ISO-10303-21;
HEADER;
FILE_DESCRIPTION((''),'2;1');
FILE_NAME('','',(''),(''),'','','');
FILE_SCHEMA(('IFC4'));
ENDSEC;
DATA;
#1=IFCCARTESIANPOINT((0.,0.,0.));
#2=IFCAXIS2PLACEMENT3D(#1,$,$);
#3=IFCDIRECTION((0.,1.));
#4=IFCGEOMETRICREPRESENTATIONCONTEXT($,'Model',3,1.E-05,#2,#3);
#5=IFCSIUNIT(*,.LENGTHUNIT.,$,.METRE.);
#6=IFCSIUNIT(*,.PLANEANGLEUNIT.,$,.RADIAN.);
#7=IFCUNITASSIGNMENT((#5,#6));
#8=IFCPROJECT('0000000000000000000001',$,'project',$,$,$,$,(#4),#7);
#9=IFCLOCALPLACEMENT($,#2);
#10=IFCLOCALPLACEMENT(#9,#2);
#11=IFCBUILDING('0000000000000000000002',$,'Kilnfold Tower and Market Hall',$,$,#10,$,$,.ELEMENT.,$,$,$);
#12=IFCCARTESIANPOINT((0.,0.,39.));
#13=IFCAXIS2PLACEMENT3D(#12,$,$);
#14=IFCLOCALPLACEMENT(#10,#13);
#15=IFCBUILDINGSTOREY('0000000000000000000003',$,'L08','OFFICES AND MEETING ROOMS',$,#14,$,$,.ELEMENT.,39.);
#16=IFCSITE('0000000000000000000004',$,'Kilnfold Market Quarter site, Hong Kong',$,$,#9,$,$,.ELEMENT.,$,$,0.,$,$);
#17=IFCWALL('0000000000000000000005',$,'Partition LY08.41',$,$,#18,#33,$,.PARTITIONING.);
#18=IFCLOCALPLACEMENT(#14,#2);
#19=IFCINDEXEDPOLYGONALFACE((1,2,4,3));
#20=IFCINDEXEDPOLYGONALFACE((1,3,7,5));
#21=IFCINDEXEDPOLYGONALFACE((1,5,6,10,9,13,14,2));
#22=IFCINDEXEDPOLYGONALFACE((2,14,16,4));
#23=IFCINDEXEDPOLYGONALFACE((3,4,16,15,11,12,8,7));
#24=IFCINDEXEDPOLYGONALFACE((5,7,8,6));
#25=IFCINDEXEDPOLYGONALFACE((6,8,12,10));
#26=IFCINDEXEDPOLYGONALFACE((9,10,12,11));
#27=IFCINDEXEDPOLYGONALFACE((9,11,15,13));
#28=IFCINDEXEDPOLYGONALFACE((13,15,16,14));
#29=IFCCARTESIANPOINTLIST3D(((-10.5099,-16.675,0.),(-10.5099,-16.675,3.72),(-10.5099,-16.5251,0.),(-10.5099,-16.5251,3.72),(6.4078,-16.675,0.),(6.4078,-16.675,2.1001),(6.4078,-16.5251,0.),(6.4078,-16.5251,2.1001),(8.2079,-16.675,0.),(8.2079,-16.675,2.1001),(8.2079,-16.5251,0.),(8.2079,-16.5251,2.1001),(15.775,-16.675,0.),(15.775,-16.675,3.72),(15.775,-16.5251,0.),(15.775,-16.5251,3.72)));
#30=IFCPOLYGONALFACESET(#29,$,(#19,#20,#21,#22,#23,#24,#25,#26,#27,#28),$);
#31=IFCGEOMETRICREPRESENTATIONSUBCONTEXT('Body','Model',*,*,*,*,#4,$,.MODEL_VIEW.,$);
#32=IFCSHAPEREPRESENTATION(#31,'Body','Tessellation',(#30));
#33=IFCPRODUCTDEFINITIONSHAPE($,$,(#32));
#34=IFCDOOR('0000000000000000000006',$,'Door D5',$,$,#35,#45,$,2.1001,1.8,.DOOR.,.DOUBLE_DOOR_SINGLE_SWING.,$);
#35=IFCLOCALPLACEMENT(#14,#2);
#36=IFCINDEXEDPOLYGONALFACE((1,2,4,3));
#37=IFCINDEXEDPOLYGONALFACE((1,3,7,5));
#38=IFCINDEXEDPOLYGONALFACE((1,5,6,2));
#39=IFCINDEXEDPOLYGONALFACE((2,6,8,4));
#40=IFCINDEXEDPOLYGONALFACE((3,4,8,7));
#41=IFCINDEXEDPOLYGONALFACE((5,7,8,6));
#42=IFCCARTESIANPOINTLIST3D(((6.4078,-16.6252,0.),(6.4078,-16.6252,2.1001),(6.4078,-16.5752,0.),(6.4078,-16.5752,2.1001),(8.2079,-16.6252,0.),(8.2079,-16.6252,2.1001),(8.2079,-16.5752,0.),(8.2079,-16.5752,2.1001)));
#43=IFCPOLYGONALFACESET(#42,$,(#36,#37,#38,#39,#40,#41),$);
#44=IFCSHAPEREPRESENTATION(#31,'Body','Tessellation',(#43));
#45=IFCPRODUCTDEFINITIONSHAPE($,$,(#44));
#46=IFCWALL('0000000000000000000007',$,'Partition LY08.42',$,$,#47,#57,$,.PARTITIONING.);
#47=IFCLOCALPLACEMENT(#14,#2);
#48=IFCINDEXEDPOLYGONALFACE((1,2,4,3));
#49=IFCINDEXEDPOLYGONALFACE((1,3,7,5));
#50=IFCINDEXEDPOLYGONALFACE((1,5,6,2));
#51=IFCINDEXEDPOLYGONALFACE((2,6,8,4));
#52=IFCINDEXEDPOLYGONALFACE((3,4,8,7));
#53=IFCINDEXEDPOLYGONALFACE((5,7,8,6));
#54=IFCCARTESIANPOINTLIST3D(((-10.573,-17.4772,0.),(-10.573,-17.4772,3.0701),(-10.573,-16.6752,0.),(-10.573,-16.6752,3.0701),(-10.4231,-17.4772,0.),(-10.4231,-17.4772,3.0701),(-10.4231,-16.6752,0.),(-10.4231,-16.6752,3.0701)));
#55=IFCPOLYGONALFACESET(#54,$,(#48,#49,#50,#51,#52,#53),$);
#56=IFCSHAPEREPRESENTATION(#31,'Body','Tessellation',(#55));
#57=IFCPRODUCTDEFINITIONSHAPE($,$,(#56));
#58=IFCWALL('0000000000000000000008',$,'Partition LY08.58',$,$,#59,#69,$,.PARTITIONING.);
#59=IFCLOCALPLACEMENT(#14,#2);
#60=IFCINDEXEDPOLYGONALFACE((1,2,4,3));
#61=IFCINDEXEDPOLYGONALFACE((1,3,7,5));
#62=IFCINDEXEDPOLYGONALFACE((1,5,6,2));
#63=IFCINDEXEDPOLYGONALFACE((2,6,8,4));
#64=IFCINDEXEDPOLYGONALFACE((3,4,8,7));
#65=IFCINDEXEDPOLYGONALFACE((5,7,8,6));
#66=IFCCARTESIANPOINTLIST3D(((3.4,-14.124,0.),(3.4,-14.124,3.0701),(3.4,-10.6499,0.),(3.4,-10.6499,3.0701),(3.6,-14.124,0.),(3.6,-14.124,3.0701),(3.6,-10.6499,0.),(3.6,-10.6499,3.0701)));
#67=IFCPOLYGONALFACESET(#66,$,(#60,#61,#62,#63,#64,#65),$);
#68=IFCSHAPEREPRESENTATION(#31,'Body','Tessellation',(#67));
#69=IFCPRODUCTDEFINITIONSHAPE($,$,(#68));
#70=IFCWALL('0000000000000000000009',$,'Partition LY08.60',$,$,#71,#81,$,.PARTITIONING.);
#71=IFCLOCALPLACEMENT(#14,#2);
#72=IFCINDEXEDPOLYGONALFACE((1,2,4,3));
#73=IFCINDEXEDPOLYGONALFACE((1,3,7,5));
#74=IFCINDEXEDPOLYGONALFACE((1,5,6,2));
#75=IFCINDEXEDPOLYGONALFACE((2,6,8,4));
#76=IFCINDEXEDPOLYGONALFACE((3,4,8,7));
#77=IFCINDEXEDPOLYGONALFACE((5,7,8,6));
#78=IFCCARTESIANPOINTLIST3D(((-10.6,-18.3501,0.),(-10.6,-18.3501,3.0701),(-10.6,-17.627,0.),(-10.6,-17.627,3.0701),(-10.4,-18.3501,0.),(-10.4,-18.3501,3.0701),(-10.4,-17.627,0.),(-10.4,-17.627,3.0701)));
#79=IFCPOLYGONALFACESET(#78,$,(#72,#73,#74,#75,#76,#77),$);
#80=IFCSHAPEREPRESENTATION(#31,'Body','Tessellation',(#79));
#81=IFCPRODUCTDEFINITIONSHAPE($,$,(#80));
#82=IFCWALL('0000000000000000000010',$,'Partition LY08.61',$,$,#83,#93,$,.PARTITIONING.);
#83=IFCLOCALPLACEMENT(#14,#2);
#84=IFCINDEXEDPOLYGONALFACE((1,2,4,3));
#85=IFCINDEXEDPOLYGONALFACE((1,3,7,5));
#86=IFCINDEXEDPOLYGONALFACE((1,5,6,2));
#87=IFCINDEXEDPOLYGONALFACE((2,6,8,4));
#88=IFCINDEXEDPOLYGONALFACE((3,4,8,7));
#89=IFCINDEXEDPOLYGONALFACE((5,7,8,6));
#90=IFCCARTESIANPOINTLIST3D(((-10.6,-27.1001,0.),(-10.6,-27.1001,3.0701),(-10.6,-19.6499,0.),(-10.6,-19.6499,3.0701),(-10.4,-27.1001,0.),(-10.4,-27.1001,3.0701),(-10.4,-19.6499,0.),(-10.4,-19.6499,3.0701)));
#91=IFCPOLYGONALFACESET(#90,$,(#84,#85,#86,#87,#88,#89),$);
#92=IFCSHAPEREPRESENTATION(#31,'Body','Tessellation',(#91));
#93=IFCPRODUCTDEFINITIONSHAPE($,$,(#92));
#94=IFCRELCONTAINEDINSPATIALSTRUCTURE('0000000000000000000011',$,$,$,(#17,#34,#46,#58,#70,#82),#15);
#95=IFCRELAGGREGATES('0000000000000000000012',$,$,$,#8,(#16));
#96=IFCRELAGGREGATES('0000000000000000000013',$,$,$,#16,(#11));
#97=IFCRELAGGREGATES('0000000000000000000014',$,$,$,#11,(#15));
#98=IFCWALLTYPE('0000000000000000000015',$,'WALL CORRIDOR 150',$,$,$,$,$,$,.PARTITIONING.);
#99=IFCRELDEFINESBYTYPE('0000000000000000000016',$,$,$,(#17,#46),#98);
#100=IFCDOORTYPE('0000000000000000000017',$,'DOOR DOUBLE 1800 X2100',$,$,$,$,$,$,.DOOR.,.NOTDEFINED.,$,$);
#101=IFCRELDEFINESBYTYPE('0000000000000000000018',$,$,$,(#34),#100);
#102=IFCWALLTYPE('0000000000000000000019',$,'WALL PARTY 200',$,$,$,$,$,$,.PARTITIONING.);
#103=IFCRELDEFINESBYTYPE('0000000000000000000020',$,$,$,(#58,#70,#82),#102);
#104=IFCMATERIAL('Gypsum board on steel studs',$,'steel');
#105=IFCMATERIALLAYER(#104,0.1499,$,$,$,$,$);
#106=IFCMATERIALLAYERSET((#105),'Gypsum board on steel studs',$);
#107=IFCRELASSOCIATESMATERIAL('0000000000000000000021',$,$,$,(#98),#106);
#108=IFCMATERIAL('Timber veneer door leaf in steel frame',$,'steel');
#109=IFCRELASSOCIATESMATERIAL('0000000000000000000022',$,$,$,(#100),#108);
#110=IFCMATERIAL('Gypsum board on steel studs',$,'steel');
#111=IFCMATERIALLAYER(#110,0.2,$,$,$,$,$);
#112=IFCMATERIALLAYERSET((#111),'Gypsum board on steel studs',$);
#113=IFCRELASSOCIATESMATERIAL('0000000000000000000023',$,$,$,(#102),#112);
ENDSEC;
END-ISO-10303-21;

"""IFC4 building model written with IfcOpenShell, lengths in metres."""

from ifc_helpers import new_model, si_unit, direction, frame, frame_2d, origin, place, context, subcontext, project, spatial, rectangle, extrude, material, layer, layer_set, type_object, element, fill, save


model = new_model("IFC4")

# Units and contexts
model_context = context("Model", 3, precision=1e-05, world=origin(), true_north=direction((0.0, 1.0)))
body_context = subcontext(model_context, "Body", "Model", "MODEL_VIEW")
ifc_project = project(units=[si_unit("LENGTHUNIT", "METRE"), si_unit("PLANEANGLEUNIT", "RADIAN")], contexts=[model_context])

# Site, building, storey
site_placement = place(None, origin())
site = spatial("IfcSite", under=ifc_project, at=site_placement, Name="Kilnfold Market Quarter site, Hong Kong", CompositionType="ELEMENT", RefElevation=0.0)
building_placement = place(site_placement, origin())
building = spatial("IfcBuilding", under=site, at=building_placement, Name="Kilnfold Tower and Market Hall", CompositionType="ELEMENT")
storey_placement = place(building_placement, frame((0.0, 0.0, 39.0)))
storey = spatial("IfcBuildingStorey", under=building, at=storey_placement, Name="L08", Description="OFFICES AND MEETING ROOMS", CompositionType="ELEMENT", Elevation=39.0)

# Shared definitions
ifc_material_1 = material(Name="Gypsum board on steel studs", Category="steel")
ifc_layer_1 = layer(ifc_material_1, 0.1499)
ifc_layer_set_1 = layer_set([ifc_layer_1], Name="Gypsum board on steel studs")
wall_type_1 = type_object("IfcWallType", Name="WALL CORRIDOR 150", PredefinedType="PARTITIONING", material=ifc_layer_set_1)

# Wall, opening, door
wall_1_placement = place(storey_placement, frame((-10.51, -16.6001, 0.0), z_axis=(0.0, 0.0, 1.0), x_axis=(1.0, 0.0, 0.0)))
wall_1 = element("IfcWall", 1, at=wall_1_placement, inside=storey, type_object=wall_type_1, Name="Partition LY08.41", PredefinedType="PARTITIONING", context=body_context, shape_type="SweptSolid", body=[
    extrude(rectangle(XDim=26.2849, YDim=0.1499, at=frame_2d((13.1426, 0.0))), origin(), (0.0, 0.0, 1.0), 3.72),
])
opening_1_placement = place(wall_1_placement, frame((16.918, 0.0, 0.0)))
opening_1 = element("IfcOpeningElement", 2, at=opening_1_placement, cuts=wall_1, PredefinedType="OPENING", context=body_context, shape_type="SweptSolid", body=[
    extrude(rectangle(XDim=1.8, YDim=2.1001, at=frame_2d((0.8999, 1.05))), frame((0.0, 0.085, 0.0), z_axis=(0.0, -1.0, 0.0), x_axis=(1.0, 0.0, 0.0)), (0.0, 0.0, 1.0), 0.1699),
])
ifc_material_2 = material(Name="Timber veneer door leaf in steel frame", Category="steel")
door_type_1 = type_object("IfcDoorType", Name="DOOR DOUBLE 1800 X2100", OperationType="NOTDEFINED", PredefinedType="DOOR", material=ifc_material_2)
door_1_placement = place(opening_1_placement, origin())
door_1 = element("IfcDoor", 3, at=door_1_placement, inside=storey, type_object=door_type_1, Name="Door D5", OperationType="DOUBLE_DOOR_SINGLE_SWING", OverallHeight=2.1001, OverallWidth=1.8, PredefinedType="DOOR", context=body_context, shape_type="SweptSolid", body=[
    extrude(rectangle(XDim=1.8, YDim=2.1001, at=frame_2d((0.8999, 1.05))), frame((0.0, 0.0249, 0.0), z_axis=(0.0, -1.0, 0.0), x_axis=(1.0, 0.0, 0.0)), (0.0, 0.0, 1.0), 0.05),
])
fill(opening_1, door_1)

# Walls
wall_2_placement = place(storey_placement, frame((-10.498, -17.4771, 0.0), z_axis=(0.0, 0.0, 1.0), x_axis=(0.0, 1.0, 0.0)))
element("IfcWall", 4, at=wall_2_placement, inside=storey, type_object=wall_type_1, Name="Partition LY08.42", PredefinedType="PARTITIONING", context=body_context, shape_type="SweptSolid", body=[
    extrude(rectangle(XDim=0.802, YDim=0.1499, at=frame_2d((0.4009, 0.0))), origin(), (0.0, 0.0, 1.0), 3.0701),
])
ifc_material_3 = material(Name="Gypsum board on steel studs", Category="steel")
ifc_layer_2 = layer(ifc_material_3, 0.2)
ifc_layer_set_2 = layer_set([ifc_layer_2], Name="Gypsum board on steel studs")
wall_type_2 = type_object("IfcWallType", Name="WALL PARTY 200", PredefinedType="PARTITIONING", material=ifc_layer_set_2)
wall_3_placement = place(storey_placement, frame((3.5, -14.124, 0.0), z_axis=(0.0, 0.0, 1.0), x_axis=(0.0, 1.0, 0.0)))
element("IfcWall", 5, at=wall_3_placement, inside=storey, type_object=wall_type_2, Name="Partition LY08.58", PredefinedType="PARTITIONING", context=body_context, shape_type="SweptSolid", body=[
    extrude(rectangle(XDim=3.4741, YDim=0.2, at=frame_2d((1.7371, 0.0))), origin(), (0.0, 0.0, 1.0), 3.0701),
])
wall_4_placement = place(storey_placement, frame((-10.5, -18.3501, 0.0), z_axis=(0.0, 0.0, 1.0), x_axis=(0.0, 1.0, 0.0)))
element("IfcWall", 6, at=wall_4_placement, inside=storey, type_object=wall_type_2, Name="Partition LY08.60", PredefinedType="PARTITIONING", context=body_context, shape_type="SweptSolid", body=[
    extrude(rectangle(XDim=0.7231, YDim=0.2, at=frame_2d((0.3616, 0.0))), origin(), (0.0, 0.0, 1.0), 3.0701),
])
wall_5_placement = place(storey_placement, frame((-10.5, -27.1001, 0.0), z_axis=(0.0, 0.0, 1.0), x_axis=(0.0, 1.0, 0.0)))
element("IfcWall", 7, at=wall_5_placement, inside=storey, type_object=wall_type_2, Name="Partition LY08.61", PredefinedType="PARTITIONING", context=body_context, shape_type="SweptSolid", body=[
    extrude(rectangle(XDim=7.4502, YDim=0.2, at=frame_2d((3.7251, 0.0))), origin(), (0.0, 0.0, 1.0), 3.0701),
])

save(model, "model.ifc")
